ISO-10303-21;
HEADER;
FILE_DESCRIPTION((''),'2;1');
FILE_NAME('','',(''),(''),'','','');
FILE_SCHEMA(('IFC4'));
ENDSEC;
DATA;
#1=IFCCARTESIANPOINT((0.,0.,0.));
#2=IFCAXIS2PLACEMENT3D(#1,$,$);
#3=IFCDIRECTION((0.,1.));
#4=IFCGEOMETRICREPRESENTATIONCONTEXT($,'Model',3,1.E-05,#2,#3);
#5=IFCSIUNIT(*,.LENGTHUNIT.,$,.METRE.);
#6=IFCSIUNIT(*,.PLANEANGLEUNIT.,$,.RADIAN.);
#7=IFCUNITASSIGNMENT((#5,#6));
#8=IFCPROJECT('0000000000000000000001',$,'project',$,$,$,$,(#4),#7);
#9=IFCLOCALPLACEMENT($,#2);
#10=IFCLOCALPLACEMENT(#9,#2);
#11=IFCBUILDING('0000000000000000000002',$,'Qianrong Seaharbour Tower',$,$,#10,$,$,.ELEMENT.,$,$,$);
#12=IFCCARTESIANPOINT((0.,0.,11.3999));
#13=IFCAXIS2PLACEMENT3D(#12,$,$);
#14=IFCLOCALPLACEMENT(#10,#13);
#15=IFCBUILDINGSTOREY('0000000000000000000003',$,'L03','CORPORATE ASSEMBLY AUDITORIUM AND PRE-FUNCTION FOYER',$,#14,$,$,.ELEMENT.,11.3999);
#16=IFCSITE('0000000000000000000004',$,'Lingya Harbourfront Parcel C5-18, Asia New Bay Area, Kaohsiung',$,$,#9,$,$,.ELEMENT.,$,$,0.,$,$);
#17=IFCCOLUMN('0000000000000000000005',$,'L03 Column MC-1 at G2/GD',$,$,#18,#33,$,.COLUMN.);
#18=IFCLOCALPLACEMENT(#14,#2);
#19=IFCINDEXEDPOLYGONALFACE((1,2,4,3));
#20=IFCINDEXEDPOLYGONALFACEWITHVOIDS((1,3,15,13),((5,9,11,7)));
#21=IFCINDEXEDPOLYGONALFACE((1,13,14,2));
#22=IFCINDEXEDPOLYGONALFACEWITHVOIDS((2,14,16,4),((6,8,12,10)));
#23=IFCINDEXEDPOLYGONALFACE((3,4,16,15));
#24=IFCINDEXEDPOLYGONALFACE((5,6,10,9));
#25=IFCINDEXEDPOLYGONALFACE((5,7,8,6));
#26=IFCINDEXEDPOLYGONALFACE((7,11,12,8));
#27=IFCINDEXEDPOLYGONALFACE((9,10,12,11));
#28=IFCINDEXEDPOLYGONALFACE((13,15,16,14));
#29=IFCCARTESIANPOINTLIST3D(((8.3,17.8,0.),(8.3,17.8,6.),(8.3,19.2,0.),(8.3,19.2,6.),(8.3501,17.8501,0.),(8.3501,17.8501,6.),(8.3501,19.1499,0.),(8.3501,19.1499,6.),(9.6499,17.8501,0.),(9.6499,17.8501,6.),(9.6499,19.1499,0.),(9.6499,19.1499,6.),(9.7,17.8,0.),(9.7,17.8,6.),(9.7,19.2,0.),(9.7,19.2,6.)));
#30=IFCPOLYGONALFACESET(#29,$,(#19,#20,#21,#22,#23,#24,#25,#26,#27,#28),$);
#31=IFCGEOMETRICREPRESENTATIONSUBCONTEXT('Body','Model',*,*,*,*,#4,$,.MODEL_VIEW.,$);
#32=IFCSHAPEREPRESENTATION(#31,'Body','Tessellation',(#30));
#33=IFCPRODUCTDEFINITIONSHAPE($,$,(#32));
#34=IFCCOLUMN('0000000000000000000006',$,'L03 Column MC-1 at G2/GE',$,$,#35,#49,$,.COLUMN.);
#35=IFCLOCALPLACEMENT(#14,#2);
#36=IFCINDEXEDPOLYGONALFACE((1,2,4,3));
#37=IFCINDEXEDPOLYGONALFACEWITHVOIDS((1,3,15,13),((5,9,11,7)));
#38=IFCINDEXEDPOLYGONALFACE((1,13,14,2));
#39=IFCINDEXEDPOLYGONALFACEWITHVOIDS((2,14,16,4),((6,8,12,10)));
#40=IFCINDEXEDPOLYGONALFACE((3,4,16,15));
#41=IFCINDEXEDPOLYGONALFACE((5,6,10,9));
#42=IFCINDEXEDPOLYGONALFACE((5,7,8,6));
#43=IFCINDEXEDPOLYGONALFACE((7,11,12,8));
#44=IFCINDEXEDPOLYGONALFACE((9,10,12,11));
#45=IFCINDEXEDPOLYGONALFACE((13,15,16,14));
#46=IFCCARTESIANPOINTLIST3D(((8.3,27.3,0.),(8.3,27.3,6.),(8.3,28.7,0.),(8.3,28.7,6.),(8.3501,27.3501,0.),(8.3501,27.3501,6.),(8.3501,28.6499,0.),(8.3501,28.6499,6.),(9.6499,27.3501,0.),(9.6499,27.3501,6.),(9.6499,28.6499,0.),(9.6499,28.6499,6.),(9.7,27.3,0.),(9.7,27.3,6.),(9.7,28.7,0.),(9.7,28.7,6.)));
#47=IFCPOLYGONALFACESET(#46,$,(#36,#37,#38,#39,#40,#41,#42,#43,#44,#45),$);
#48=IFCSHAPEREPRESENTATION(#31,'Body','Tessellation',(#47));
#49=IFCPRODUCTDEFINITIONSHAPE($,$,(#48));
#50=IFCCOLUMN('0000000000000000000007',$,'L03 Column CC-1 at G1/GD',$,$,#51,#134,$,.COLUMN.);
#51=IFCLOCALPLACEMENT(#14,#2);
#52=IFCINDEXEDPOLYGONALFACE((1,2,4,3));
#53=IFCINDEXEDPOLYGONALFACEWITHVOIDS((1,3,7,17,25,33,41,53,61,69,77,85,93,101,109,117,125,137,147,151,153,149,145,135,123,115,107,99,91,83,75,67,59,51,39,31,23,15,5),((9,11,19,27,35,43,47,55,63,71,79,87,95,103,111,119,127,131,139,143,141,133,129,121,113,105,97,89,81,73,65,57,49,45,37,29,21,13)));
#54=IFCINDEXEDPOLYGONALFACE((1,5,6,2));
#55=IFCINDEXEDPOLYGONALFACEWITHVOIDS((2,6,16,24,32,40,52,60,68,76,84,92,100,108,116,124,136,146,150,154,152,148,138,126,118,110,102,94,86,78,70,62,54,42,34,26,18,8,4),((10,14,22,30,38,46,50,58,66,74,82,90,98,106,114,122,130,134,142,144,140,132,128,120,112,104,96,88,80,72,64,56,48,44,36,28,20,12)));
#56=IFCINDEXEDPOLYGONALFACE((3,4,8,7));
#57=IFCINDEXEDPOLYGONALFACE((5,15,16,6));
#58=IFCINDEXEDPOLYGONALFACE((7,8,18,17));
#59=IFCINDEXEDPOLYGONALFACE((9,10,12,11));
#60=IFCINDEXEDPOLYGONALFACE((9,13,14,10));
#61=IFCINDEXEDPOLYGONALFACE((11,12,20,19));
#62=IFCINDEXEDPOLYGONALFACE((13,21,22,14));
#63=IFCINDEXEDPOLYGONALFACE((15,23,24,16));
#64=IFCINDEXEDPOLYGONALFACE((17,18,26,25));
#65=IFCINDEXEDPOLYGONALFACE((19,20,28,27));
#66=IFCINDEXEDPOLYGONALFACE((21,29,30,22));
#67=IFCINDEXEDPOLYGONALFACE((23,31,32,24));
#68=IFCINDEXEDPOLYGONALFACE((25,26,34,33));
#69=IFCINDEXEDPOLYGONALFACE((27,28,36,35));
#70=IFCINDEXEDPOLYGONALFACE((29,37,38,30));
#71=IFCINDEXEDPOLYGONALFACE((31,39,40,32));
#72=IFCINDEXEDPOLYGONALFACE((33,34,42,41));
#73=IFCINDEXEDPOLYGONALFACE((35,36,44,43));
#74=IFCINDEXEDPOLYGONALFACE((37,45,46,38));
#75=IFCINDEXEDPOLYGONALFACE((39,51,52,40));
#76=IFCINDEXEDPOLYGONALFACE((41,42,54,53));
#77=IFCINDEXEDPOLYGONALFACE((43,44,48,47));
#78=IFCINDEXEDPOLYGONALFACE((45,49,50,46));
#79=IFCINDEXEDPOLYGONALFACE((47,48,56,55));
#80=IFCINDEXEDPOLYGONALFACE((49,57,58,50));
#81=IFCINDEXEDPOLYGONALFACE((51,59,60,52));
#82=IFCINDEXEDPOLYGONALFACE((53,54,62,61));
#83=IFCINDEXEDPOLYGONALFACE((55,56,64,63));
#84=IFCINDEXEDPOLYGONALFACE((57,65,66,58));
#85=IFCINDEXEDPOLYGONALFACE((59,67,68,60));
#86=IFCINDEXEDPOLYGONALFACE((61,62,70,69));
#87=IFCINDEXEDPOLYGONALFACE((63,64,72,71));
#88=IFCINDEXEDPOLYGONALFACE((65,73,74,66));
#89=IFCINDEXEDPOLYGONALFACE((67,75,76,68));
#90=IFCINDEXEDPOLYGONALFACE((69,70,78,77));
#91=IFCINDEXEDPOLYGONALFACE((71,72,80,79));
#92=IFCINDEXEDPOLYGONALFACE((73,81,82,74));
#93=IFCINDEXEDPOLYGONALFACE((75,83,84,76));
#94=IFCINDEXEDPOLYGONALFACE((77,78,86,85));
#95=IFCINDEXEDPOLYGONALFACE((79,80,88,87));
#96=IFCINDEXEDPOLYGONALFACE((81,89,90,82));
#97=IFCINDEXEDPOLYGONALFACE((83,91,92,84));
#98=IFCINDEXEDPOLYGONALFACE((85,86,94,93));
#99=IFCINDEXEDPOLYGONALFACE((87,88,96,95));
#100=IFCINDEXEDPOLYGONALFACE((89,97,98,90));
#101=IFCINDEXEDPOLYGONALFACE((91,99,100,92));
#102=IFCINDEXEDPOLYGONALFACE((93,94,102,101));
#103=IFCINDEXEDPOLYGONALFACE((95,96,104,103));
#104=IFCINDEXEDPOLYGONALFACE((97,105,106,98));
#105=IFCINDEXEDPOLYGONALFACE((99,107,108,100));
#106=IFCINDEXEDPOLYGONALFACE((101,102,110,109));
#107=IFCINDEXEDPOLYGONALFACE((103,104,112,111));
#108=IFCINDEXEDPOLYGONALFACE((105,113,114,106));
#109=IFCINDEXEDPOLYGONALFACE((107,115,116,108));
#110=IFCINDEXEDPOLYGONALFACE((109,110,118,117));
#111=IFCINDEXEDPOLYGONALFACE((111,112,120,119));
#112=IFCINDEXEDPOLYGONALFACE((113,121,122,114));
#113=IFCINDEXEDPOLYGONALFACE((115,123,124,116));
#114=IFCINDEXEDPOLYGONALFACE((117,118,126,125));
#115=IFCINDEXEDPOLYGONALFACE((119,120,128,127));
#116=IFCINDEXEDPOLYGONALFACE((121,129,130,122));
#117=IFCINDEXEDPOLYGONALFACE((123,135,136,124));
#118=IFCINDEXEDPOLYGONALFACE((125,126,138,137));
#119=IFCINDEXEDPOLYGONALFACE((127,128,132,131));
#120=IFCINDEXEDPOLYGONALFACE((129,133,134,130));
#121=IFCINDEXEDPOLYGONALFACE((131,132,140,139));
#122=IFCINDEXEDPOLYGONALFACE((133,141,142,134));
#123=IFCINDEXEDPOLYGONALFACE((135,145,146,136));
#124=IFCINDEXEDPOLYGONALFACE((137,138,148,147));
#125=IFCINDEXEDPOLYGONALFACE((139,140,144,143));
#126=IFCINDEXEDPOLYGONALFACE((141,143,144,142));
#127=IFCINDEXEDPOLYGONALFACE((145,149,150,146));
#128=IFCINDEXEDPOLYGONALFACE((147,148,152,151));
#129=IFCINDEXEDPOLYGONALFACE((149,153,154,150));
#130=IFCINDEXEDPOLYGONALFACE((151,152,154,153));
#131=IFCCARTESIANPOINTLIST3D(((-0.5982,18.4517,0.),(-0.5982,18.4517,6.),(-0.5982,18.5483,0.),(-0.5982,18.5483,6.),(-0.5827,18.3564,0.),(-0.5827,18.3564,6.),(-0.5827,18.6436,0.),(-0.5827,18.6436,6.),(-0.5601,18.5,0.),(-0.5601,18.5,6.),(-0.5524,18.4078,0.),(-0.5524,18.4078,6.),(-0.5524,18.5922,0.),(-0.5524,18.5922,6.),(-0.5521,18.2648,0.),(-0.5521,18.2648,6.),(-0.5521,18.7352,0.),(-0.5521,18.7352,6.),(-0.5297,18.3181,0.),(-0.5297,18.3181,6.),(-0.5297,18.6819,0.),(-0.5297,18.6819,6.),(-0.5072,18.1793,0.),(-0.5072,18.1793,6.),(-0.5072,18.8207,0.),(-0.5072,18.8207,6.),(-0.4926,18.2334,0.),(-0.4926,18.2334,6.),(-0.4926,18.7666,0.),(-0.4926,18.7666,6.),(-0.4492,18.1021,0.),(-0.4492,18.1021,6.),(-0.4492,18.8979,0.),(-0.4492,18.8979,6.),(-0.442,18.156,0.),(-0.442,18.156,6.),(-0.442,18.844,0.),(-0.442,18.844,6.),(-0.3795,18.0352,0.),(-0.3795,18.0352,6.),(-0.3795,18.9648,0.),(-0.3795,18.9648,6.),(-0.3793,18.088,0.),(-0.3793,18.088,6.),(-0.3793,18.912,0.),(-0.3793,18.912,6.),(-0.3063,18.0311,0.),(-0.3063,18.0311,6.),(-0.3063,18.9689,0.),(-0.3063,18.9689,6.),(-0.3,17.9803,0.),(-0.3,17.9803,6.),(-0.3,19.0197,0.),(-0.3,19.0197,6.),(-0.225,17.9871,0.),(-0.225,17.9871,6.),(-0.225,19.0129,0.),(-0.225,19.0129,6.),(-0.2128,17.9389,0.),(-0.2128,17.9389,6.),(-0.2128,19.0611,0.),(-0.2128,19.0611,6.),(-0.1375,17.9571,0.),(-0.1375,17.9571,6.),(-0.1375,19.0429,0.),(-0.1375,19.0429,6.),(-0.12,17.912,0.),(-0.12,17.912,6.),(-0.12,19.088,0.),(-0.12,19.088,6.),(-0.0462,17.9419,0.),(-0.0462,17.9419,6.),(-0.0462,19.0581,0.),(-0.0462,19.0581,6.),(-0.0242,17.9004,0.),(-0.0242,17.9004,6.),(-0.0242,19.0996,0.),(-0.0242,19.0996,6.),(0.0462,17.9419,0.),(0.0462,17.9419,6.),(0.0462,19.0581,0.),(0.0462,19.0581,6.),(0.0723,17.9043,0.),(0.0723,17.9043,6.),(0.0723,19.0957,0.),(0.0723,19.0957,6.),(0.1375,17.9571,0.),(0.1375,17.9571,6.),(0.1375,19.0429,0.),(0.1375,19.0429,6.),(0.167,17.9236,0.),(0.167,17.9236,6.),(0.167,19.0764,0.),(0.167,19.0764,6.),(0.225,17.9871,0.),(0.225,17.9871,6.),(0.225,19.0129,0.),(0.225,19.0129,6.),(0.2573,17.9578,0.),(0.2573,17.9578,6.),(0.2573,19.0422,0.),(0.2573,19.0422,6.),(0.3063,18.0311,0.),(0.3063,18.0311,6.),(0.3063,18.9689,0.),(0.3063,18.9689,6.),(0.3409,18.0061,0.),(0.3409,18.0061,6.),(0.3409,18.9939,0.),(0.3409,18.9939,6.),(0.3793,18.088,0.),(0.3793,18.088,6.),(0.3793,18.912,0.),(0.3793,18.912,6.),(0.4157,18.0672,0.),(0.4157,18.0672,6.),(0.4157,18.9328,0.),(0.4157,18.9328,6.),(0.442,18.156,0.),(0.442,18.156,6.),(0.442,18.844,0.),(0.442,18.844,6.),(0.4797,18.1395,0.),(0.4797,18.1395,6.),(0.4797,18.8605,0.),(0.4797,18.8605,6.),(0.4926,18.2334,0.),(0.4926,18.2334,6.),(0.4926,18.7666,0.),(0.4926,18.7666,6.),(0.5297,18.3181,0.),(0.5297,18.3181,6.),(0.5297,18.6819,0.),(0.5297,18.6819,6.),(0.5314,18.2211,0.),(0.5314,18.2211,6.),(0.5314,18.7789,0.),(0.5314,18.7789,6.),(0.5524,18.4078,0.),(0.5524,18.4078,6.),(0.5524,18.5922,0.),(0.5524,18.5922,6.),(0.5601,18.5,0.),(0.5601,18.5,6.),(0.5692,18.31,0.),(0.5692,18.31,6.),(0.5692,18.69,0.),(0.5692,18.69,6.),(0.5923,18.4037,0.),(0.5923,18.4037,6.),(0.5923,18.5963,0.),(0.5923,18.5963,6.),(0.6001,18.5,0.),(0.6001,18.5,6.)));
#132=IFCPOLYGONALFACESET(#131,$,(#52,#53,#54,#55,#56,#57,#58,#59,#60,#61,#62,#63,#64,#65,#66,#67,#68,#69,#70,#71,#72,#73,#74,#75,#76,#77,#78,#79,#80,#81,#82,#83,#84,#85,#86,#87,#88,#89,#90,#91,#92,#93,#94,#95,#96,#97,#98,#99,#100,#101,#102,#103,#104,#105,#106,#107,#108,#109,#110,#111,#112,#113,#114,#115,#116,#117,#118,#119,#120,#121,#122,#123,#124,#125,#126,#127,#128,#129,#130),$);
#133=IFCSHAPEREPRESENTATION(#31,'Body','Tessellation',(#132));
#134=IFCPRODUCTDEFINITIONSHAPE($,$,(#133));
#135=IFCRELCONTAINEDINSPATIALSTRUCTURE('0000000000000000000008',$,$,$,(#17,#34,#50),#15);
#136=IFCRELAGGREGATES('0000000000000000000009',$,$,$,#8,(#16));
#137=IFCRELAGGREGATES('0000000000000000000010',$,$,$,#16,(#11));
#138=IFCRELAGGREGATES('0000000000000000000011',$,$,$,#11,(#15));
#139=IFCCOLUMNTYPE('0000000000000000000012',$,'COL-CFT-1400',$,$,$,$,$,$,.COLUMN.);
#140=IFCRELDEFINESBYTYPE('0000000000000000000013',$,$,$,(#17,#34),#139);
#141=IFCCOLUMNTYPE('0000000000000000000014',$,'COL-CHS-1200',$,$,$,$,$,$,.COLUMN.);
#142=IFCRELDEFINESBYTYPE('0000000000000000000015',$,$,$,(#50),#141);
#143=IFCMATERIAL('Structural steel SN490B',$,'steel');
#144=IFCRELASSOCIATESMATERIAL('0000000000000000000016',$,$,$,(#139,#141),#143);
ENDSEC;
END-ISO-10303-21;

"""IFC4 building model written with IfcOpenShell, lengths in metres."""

from ifc_helpers import new_model, si_unit, direction, frame, origin, origin_2d, place, context, subcontext, project, spatial, hollow_rectangle, hollow_circle, extrude, material, material_profile, profile_set, type_object, element, save


model = new_model("IFC4")

# Units and contexts
model_context = context("Model", 3, precision=1e-05, world=origin(), true_north=direction((0.0, 1.0)))
body_context = subcontext(model_context, "Body", "Model", "MODEL_VIEW")
ifc_project = project(units=[si_unit("LENGTHUNIT", "METRE"), si_unit("PLANEANGLEUNIT", "RADIAN")], contexts=[model_context])

# Site, building, storey
site_placement = place(None, origin())
site = spatial("IfcSite", under=ifc_project, at=site_placement, Name="Lingya Harbourfront Parcel C5-18, Asia New Bay Area, Kaohsiung", CompositionType="ELEMENT", RefElevation=0.0)
building_placement = place(site_placement, origin())
building = spatial("IfcBuilding", under=site, at=building_placement, Name="Qianrong Seaharbour Tower", CompositionType="ELEMENT")
storey_placement = place(building_placement, frame((0.0, 0.0, 11.3999)))
storey = spatial("IfcBuildingStorey", under=building, at=storey_placement, Name="L03", Description="CORPORATE ASSEMBLY AUDITORIUM AND PRE-FUNCTION FOYER", CompositionType="ELEMENT", Elevation=11.3999)

# Columns
ifc_material_1 = material(Name="Structural steel SN490B", Category="steel")
ifc_material_profile_1 = material_profile(ifc_material_1, hollow_rectangle(XDim=1.3999, YDim=1.3999, WallThickness=0.05, at=origin_2d()), Name="BOX1400x1400x50")
ifc_profile_set_1 = profile_set([ifc_material_profile_1], Name="Structural steel SN490B")
column_type_1 = type_object("IfcColumnType", Name="COL-CFT-1400", PredefinedType="COLUMN", material=ifc_profile_set_1)
for number, where, z_axis, x_axis, name in (
    (1, (9.0, 18.5, 0.0), (0.0, 0.0, 1.0), (1.0, 0.0, 0.0), "L03 Column MC-1 at G2/GD"),
    (2, (9.0, 28.0, 0.0), (0.0, 0.0, 1.0), (1.0, 0.0, 0.0), "L03 Column MC-1 at G2/GE"),
):
    element("IfcColumn", number, at=place(storey_placement, frame(where, z_axis=z_axis, x_axis=x_axis)), inside=storey, type_object=column_type_1, Name=name, PredefinedType="COLUMN", context=body_context, shape_type="SweptSolid", body=[
        extrude(hollow_rectangle(XDim=1.3999, YDim=1.3999, WallThickness=0.05, at=origin_2d()), origin(), (0.0, 0.0, 1.0), 6.0),
    ])
ifc_material_profile_2 = material_profile(ifc_material_1, hollow_circle(Radius=0.6001, WallThickness=0.04, at=origin_2d()), Name="CHS1200x40")
ifc_profile_set_2 = profile_set([ifc_material_profile_2], Name="Structural steel SN490B")
column_type_2 = type_object("IfcColumnType", Name="COL-CHS-1200", PredefinedType="COLUMN", material=ifc_profile_set_2)
for number, where, z_axis, x_axis, name in (
    (3, (0.0, 18.5, 0.0), (0.0, 0.0, 1.0), (1.0, 0.0, 0.0), "L03 Column CC-1 at G1/GD"),
):
    element("IfcColumn", number, at=place(storey_placement, frame(where, z_axis=z_axis, x_axis=x_axis)), inside=storey, type_object=column_type_2, Name=name, PredefinedType="COLUMN", context=body_context, shape_type="SweptSolid", body=[
        extrude(hollow_circle(Radius=0.6001, WallThickness=0.04, at=origin_2d()), origin(), (0.0, 0.0, 1.0), 6.0),
    ])

save(model, "model.ifc")
